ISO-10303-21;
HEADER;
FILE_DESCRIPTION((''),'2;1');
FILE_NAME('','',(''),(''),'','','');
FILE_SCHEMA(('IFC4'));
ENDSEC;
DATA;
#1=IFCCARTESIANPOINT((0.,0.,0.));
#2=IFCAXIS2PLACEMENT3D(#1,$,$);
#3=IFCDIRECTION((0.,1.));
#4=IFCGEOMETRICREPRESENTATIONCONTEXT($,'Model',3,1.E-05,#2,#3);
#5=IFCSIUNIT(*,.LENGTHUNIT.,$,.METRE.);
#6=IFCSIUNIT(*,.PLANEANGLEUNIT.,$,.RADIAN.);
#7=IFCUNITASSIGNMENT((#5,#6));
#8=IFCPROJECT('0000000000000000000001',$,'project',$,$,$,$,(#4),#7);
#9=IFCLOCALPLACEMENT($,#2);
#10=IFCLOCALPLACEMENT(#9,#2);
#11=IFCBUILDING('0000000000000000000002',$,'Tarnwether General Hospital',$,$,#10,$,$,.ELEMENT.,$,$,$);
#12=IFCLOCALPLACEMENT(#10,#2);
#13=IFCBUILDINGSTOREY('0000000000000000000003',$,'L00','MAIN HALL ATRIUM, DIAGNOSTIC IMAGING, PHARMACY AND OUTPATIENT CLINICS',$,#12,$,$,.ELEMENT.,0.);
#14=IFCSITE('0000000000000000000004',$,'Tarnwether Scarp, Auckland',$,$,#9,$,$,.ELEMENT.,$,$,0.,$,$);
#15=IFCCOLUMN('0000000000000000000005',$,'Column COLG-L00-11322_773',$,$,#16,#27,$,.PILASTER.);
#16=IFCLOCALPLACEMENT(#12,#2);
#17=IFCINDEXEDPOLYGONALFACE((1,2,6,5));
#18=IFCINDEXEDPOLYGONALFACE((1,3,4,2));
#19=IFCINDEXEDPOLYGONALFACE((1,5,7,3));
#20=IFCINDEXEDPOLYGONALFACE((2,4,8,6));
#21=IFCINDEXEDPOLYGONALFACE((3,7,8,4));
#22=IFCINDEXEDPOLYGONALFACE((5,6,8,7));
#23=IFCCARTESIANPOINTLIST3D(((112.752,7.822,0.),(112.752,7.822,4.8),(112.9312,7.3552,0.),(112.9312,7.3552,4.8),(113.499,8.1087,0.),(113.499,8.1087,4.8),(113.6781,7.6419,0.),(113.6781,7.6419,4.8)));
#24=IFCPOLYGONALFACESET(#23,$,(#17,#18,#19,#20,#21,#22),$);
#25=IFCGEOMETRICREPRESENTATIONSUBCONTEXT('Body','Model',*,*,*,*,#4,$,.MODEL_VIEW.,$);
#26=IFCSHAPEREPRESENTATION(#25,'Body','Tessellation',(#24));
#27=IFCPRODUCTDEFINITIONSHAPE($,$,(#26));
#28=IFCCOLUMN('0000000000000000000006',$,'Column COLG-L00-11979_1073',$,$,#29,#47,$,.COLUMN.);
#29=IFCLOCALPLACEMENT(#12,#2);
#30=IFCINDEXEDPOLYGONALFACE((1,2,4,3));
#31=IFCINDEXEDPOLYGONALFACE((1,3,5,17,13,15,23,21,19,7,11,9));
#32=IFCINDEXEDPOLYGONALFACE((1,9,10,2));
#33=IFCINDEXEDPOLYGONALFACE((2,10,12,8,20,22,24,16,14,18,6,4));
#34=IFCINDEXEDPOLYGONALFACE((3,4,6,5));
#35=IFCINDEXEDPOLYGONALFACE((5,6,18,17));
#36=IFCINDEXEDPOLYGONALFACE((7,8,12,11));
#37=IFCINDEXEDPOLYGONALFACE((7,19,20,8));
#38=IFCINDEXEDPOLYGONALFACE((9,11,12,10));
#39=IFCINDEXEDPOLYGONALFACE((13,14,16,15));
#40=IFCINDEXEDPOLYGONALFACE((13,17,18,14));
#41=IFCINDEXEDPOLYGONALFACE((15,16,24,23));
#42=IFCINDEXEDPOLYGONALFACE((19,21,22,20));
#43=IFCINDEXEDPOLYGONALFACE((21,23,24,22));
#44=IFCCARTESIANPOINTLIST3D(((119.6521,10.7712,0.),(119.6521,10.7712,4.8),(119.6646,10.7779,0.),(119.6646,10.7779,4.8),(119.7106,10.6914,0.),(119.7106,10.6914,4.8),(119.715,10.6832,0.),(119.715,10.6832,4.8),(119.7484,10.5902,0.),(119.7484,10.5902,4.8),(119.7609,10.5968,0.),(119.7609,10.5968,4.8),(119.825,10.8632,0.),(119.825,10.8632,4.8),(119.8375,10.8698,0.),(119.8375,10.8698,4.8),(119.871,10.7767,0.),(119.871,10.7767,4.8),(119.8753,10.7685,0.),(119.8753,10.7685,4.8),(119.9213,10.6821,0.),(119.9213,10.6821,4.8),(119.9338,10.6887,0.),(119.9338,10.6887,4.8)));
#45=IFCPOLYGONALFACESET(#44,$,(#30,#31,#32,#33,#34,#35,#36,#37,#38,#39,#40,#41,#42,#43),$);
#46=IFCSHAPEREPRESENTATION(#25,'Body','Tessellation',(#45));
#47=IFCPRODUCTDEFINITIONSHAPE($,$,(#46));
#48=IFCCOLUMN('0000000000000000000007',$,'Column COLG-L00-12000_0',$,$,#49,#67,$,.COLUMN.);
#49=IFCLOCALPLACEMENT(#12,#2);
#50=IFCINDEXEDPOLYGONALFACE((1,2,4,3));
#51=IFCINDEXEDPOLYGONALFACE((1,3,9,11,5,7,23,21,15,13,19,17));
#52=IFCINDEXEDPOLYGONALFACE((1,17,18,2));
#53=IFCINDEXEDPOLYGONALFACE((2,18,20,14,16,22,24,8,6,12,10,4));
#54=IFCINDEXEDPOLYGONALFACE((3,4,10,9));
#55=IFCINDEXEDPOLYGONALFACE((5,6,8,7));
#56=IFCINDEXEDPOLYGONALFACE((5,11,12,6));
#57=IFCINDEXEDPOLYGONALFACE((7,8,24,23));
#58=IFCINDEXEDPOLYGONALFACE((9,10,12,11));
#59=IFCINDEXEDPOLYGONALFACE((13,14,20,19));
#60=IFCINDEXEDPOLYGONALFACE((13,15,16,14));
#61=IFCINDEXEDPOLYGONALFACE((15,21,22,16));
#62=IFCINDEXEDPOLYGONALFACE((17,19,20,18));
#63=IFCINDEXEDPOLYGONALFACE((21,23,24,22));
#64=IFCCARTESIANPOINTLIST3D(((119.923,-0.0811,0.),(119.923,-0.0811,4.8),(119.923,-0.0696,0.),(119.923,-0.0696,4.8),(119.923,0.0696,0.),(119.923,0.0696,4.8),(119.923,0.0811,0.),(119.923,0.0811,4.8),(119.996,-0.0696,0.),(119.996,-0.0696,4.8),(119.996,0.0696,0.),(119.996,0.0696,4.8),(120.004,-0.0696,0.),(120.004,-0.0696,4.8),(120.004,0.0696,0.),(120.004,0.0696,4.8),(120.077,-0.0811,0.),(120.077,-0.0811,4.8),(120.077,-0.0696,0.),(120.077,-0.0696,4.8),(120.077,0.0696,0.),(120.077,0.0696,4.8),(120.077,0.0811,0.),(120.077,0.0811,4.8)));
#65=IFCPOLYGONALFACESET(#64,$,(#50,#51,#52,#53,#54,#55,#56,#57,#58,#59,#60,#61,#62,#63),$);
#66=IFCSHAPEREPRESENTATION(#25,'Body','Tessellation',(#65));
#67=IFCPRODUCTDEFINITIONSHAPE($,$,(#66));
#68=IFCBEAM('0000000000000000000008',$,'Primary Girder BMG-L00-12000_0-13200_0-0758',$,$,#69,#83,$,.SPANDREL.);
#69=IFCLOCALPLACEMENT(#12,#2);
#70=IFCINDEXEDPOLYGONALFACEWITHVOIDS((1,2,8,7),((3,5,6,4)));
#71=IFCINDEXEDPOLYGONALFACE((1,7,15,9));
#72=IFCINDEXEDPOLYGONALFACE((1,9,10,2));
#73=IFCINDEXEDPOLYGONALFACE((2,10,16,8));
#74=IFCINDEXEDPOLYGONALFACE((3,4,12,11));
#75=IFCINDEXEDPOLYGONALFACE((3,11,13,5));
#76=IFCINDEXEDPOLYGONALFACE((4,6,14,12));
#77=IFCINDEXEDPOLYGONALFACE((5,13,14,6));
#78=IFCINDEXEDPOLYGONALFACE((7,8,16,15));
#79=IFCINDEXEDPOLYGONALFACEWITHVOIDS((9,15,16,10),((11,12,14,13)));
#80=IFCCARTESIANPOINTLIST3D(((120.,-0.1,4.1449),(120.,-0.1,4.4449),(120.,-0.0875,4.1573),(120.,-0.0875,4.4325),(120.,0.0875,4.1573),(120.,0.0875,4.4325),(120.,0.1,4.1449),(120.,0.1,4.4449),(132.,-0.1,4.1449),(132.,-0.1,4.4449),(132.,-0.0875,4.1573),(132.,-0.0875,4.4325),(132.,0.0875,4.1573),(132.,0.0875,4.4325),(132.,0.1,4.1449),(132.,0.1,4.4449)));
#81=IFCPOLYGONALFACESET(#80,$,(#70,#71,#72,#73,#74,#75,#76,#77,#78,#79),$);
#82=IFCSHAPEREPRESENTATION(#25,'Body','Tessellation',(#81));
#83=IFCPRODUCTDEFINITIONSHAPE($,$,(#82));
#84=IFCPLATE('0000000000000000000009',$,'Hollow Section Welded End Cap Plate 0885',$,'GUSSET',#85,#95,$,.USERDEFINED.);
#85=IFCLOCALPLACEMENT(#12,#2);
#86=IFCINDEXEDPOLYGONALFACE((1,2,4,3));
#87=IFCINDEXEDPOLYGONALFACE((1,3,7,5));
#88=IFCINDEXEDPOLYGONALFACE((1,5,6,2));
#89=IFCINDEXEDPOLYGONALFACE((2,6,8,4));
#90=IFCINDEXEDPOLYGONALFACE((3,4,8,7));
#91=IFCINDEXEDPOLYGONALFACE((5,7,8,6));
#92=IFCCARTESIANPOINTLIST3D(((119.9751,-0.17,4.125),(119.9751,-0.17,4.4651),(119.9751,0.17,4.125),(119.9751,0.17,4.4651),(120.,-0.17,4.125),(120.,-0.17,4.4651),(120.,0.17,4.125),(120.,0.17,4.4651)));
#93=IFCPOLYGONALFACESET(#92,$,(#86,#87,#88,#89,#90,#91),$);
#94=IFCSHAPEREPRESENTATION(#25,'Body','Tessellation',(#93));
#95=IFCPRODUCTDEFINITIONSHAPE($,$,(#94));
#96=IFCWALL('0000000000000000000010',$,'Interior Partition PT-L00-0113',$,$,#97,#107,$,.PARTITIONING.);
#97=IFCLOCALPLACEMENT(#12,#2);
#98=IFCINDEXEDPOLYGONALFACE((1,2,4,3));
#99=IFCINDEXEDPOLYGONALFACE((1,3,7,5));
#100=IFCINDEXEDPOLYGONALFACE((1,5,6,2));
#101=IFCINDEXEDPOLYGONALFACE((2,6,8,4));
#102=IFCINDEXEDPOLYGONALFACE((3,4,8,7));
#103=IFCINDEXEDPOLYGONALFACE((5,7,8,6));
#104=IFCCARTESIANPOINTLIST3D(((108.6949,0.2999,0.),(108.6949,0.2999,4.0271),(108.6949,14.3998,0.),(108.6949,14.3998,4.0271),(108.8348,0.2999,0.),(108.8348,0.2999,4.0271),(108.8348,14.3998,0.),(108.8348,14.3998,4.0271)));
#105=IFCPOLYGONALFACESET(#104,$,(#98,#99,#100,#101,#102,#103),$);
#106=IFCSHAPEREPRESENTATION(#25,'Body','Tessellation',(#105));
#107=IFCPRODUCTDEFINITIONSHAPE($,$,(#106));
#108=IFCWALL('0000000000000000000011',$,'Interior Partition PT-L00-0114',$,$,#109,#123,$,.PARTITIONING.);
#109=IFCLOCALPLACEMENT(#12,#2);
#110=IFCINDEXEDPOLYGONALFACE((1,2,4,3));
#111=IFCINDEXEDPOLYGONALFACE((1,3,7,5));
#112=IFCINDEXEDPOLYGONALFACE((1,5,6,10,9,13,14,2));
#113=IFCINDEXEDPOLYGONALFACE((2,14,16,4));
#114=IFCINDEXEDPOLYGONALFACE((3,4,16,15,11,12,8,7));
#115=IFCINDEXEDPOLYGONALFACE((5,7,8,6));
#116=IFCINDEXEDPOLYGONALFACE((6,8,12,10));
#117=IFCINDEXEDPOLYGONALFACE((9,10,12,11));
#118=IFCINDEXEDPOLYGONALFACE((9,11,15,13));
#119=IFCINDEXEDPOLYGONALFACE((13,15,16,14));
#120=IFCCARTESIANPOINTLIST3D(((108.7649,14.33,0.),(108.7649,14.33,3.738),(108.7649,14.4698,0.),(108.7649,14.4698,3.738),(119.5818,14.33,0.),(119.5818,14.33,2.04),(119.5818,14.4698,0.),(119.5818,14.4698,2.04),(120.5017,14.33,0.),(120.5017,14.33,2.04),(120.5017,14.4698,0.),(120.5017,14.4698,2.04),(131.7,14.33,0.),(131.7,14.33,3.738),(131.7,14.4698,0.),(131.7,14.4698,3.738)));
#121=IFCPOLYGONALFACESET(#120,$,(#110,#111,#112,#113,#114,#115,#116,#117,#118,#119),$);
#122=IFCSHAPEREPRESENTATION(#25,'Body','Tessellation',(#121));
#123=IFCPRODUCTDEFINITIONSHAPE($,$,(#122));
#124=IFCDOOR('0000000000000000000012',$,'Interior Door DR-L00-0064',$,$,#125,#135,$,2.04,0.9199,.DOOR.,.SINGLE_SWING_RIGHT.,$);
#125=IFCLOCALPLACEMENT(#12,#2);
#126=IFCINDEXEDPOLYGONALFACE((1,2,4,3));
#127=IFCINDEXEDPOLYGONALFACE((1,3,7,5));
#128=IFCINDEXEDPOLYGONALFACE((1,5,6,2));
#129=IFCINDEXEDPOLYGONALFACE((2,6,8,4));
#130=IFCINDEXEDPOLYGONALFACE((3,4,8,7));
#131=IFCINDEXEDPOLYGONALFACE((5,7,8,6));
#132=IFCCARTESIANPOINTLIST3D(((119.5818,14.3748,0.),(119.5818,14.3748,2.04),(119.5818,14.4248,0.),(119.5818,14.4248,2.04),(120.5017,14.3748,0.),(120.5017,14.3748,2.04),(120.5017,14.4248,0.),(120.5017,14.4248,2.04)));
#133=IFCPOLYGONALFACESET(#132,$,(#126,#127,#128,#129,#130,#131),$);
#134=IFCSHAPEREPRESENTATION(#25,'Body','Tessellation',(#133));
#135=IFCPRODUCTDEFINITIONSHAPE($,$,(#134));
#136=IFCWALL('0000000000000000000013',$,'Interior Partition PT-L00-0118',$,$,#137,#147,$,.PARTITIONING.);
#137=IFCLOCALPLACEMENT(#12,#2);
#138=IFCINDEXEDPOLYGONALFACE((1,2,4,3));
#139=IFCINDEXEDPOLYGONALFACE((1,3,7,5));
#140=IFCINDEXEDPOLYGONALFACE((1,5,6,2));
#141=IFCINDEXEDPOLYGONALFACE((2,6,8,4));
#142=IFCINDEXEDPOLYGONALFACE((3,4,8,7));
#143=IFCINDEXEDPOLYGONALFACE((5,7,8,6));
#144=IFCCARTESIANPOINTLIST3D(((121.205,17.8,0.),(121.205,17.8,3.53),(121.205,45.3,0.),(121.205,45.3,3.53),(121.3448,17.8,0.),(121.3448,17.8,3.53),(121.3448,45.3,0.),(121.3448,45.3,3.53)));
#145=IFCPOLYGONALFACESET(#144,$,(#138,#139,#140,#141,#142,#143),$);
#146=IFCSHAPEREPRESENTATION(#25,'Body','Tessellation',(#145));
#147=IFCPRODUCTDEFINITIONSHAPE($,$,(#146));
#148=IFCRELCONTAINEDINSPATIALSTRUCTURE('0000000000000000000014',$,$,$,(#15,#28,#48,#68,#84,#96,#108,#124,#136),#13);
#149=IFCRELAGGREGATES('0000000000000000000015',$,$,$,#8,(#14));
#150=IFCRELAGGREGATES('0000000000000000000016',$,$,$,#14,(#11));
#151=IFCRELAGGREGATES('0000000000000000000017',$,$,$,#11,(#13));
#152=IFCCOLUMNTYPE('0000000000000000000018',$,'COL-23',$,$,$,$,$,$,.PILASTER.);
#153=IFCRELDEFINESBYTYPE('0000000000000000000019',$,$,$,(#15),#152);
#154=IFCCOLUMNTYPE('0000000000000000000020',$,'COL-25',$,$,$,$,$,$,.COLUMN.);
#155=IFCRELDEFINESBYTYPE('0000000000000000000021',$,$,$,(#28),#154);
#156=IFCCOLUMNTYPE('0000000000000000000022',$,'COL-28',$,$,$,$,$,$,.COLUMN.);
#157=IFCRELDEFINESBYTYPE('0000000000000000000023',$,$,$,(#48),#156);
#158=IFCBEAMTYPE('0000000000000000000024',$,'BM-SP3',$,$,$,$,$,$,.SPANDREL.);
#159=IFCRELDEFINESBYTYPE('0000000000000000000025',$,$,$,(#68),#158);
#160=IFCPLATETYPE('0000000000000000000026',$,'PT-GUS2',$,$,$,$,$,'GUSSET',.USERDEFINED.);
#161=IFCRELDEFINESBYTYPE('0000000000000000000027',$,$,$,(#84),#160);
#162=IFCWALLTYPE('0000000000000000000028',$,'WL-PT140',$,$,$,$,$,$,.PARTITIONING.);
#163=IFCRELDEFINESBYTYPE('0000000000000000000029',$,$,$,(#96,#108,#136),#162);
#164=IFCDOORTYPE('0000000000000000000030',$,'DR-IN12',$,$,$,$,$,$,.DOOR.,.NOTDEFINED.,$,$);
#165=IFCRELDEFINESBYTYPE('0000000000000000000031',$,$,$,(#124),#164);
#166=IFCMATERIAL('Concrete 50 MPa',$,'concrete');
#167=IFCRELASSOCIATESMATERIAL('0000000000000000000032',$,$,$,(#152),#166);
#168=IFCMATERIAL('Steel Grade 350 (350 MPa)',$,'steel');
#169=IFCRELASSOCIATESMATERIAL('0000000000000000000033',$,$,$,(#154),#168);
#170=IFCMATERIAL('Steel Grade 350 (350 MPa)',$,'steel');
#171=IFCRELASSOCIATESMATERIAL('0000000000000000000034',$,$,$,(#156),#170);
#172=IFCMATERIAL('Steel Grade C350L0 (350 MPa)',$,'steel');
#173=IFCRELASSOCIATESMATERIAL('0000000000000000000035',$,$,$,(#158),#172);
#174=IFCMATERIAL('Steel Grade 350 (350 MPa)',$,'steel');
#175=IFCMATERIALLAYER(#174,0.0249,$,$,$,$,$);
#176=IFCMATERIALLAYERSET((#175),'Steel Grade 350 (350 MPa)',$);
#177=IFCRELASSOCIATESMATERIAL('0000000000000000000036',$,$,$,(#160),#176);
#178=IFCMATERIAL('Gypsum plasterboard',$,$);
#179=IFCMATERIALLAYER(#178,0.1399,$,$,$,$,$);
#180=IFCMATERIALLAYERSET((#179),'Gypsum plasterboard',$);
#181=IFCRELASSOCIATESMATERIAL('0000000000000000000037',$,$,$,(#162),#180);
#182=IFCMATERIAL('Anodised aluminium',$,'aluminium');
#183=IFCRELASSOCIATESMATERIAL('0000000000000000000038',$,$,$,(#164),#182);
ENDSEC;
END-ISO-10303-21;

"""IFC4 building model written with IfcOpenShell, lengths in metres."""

from ifc_helpers import new_model, si_unit, direction, frame, frame_2d, origin, origin_2d, place, context, subcontext, project, spatial, rectangle, hollow_rectangle, i_section, extrude, material, layer, layer_set, material_profile, profile_set, type_object, element, fill, save


model = new_model("IFC4")

# Units and contexts
model_context = context("Model", 3, precision=1e-05, world=origin(), true_north=direction((0.0, 1.0)))
body_context = subcontext(model_context, "Body", "Model", "MODEL_VIEW")
ifc_project = project(units=[si_unit("LENGTHUNIT", "METRE"), si_unit("PLANEANGLEUNIT", "RADIAN")], contexts=[model_context])

# Site, building, storey
site_placement = place(None, origin())
site = spatial("IfcSite", under=ifc_project, at=site_placement, Name="Tarnwether Scarp, Auckland", CompositionType="ELEMENT", RefElevation=0.0)
building_placement = place(site_placement, origin())
building = spatial("IfcBuilding", under=site, at=building_placement, Name="Tarnwether General Hospital", CompositionType="ELEMENT")
storey_placement = place(building_placement, origin())
storey = spatial("IfcBuildingStorey", under=building, at=storey_placement, Name="L00", Description="MAIN HALL ATRIUM, DIAGNOSTIC IMAGING, PHARMACY AND OUTPATIENT CLINICS", CompositionType="ELEMENT", Elevation=0.0)

# Columns
ifc_material_1 = material(Name="Concrete 50 MPa", Category="concrete")
ifc_material_profile_1 = material_profile(ifc_material_1, rectangle(XDim=0.5, YDim=0.8, at=origin_2d()), Name="RC-PIL-500x800")
ifc_profile_set_1 = profile_set([ifc_material_profile_1], Name="Concrete 50 MPa")
column_type_1 = type_object("IfcColumnType", Name="COL-23", PredefinedType="PILASTER", material=ifc_profile_set_1)
column_1_placement = place(storey_placement, frame((113.2151, 7.7319, 0.0), z_axis=(0.0, 0.0, 1.0), x_axis=(-0.358368, 0.93358, 0.0)))
element("IfcColumn", 1, at=column_1_placement, inside=storey, type_object=column_type_1, Name="Column COLG-L00-11322_773", PredefinedType="PILASTER", context=body_context, shape_type="SweptSolid", body=[
    extrude(rectangle(XDim=0.5, YDim=0.8, at=origin_2d()), origin(), (0.0, 0.0, 1.0), 4.8),
])
ifc_material_2 = material(Name="Steel Grade 350 (350 MPa)", Category="steel")
ifc_material_profile_2 = material_profile(ifc_material_2, i_section(OverallWidth=0.2051, OverallDepth=0.21, WebThickness=0.0093, FlangeThickness=0.0142, at=origin_2d()), Name="200UC59.5")
ifc_profile_set_2 = profile_set([ifc_material_profile_2], Name="Steel Grade 350 (350 MPa)")
column_type_2 = type_object("IfcColumnType", Name="COL-25", PredefinedType="COLUMN", material=ifc_profile_set_2)
column_2_placement = place(storey_placement, frame((119.793, 10.73, 0.0), z_axis=(0.0, 0.0, 1.0), x_axis=(-0.469472, 0.882948, 0.0)))
element("IfcColumn", 2, at=column_2_placement, inside=storey, type_object=column_type_2, Name="Column COLG-L00-11979_1073", PredefinedType="COLUMN", context=body_context, shape_type="SweptSolid", body=[
    extrude(i_section(OverallWidth=0.2051, OverallDepth=0.21, WebThickness=0.0093, FlangeThickness=0.0142, at=origin_2d()), origin(), (0.0, 0.0, 1.0), 4.8),
])
ifc_material_3 = material(Name="Steel Grade 350 (350 MPa)", Category="steel")
ifc_material_profile_3 = material_profile(ifc_material_3, i_section(OverallWidth=0.1541, OverallDepth=0.1621, WebThickness=0.0081, FlangeThickness=0.0115, at=origin_2d()), Name="150UC37.2")
ifc_profile_set_3 = profile_set([ifc_material_profile_3], Name="Steel Grade 350 (350 MPa)")
column_type_3 = type_object("IfcColumnType", Name="COL-28", PredefinedType="COLUMN", material=ifc_profile_set_3)
column_3_placement = place(storey_placement, frame((120.0, 0.0, 0.0), z_axis=(0.0, 0.0, 1.0), x_axis=(1.0, 0.0, 0.0)))
element("IfcColumn", 3, at=column_3_placement, inside=storey, type_object=column_type_3, Name="Column COLG-L00-12000_0", PredefinedType="COLUMN", context=body_context, shape_type="SweptSolid", body=[
    extrude(i_section(OverallWidth=0.1541, OverallDepth=0.1621, WebThickness=0.0081, FlangeThickness=0.0115, at=origin_2d()), origin(), (0.0, 0.0, 1.0), 4.8),
])

# Beam
ifc_material_4 = material(Name="Steel Grade C350L0 (350 MPa)", Category="steel")
ifc_material_profile_4 = material_profile(ifc_material_4, hollow_rectangle(XDim=0.2, YDim=0.3, WallThickness=0.0125, at=origin_2d()), Name="RHS300x200x12.5")
ifc_profile_set_4 = profile_set([ifc_material_profile_4], Name="Steel Grade C350L0 (350 MPa)")
beam_type = type_object("IfcBeamType", Name="BM-SP3", PredefinedType="SPANDREL", material=ifc_profile_set_4)
beam_placement = place(storey_placement, frame((120.0, 0.0, 4.2949), z_axis=(1.0, 0.0, 0.0), x_axis=(0.0, 1.0, 0.0)))
element("IfcBeam", 4, at=beam_placement, inside=storey, type_object=beam_type, Name="Primary Girder BMG-L00-12000_0-13200_0-0758", PredefinedType="SPANDREL", context=body_context, shape_type="SweptSolid", body=[
    extrude(hollow_rectangle(XDim=0.2, YDim=0.3, WallThickness=0.0125, at=origin_2d()), origin(), (0.0, 0.0, 1.0), 12.0),
])

# Plate
ifc_material_5 = material(Name="Steel Grade 350 (350 MPa)", Category="steel")
ifc_layer_1 = layer(ifc_material_5, 0.0249)
ifc_layer_set_1 = layer_set([ifc_layer_1], Name="Steel Grade 350 (350 MPa)")
plate_type = type_object("IfcPlateType", Name="PT-GUS2", ElementType="GUSSET", PredefinedType="USERDEFINED", material=ifc_layer_set_1)
plate_placement = place(storey_placement, frame((119.9875, 0.0, 4.125), z_axis=(0.0, 0.0, 1.0), x_axis=(1.0, 0.0, 0.0)))
element("IfcPlate", 5, at=plate_placement, inside=storey, type_object=plate_type, Name="Hollow Section Welded End Cap Plate 0885", ObjectType="GUSSET", PredefinedType="USERDEFINED", context=body_context, shape_type="SweptSolid", body=[
    extrude(rectangle(XDim=0.0249, YDim=0.3401, at=origin_2d()), origin(), (0.0, 0.0, 1.0), 0.3401),
])

# Wall
ifc_material_6 = material(Name="Gypsum plasterboard")
ifc_layer_2 = layer(ifc_material_6, 0.1399)
ifc_layer_set_2 = layer_set([ifc_layer_2], Name="Gypsum plasterboard")
wall_type_1 = type_object("IfcWallType", Name="WL-PT140", PredefinedType="PARTITIONING", material=ifc_layer_set_2)
wall_1_placement = place(storey_placement, frame((108.7649, 0.3, 0.0), z_axis=(0.0, 0.0, 1.0), x_axis=(0.0, 1.0, 0.0)))
element("IfcWall", 6, at=wall_1_placement, inside=storey, type_object=wall_type_1, Name="Interior Partition PT-L00-0113", PredefinedType="PARTITIONING", context=body_context, shape_type="SweptSolid", body=[
    extrude(rectangle(XDim=14.0999, YDim=0.1399, at=frame_2d((7.0498, 0.0))), origin(), (0.0, 0.0, 1.0), 4.0271),
])

# Wall, opening, door
wall_2_placement = place(storey_placement, frame((108.7649, 14.3999, 0.0), z_axis=(0.0, 0.0, 1.0), x_axis=(1.0, 0.0, 0.0)))
wall_2 = element("IfcWall", 7, at=wall_2_placement, inside=storey, type_object=wall_type_1, Name="Interior Partition PT-L00-0114", PredefinedType="PARTITIONING", context=body_context, shape_type="SweptSolid", body=[
    extrude(rectangle(XDim=22.9351, YDim=0.1399, at=frame_2d((11.4675, 0.0))), origin(), (0.0, 0.0, 1.0), 3.738),
])
opening_1_placement = place(wall_2_placement, frame((10.8169, 0.0, 0.0)))
opening_1 = element("IfcOpeningElement", 8, at=opening_1_placement, cuts=wall_2, PredefinedType="OPENING", context=body_context, shape_type="SweptSolid", body=[
    extrude(rectangle(XDim=0.9199, YDim=2.04, at=frame_2d((0.46, 1.02))), frame((0.0, 0.0801, 0.0), z_axis=(0.0, -1.0, 0.0), x_axis=(1.0, 0.0, 0.0)), (0.0, 0.0, 1.0), 0.1599),
])
ifc_material_7 = material(Name="Anodised aluminium", Category="aluminium")
door_type_1 = type_object("IfcDoorType", Name="DR-IN12", OperationType="NOTDEFINED", PredefinedType="DOOR", material=ifc_material_7)
door_1_placement = place(opening_1_placement, origin())
door_1 = element("IfcDoor", 9, at=door_1_placement, inside=storey, type_object=door_type_1, Name="Interior Door DR-L00-0064", OperationType="SINGLE_SWING_RIGHT", OverallHeight=2.04, OverallWidth=0.9199, PredefinedType="DOOR", context=body_context, shape_type="SweptSolid", body=[
    extrude(rectangle(XDim=0.9199, YDim=2.04, at=frame_2d((0.46, 1.02))), frame((0.0, 0.0249, 0.0), z_axis=(0.0, -1.0, 0.0), x_axis=(1.0, 0.0, 0.0)), (0.0, 0.0, 1.0), 0.05),
])
fill(opening_1, door_1)

# Wall
wall_3_placement = place(storey_placement, frame((121.2749, 17.8, 0.0), z_axis=(0.0, 0.0, 1.0), x_axis=(0.0, 1.0, 0.0)))
element("IfcWall", 10, at=wall_3_placement, inside=storey, type_object=wall_type_1, Name="Interior Partition PT-L00-0118", PredefinedType="PARTITIONING", context=body_context, shape_type="SweptSolid", body=[
    extrude(rectangle(XDim=27.5, YDim=0.1399, at=frame_2d((13.75, 0.0))), origin(), (0.0, 0.0, 1.0), 3.53),
])

save(model, "model.ifc")
